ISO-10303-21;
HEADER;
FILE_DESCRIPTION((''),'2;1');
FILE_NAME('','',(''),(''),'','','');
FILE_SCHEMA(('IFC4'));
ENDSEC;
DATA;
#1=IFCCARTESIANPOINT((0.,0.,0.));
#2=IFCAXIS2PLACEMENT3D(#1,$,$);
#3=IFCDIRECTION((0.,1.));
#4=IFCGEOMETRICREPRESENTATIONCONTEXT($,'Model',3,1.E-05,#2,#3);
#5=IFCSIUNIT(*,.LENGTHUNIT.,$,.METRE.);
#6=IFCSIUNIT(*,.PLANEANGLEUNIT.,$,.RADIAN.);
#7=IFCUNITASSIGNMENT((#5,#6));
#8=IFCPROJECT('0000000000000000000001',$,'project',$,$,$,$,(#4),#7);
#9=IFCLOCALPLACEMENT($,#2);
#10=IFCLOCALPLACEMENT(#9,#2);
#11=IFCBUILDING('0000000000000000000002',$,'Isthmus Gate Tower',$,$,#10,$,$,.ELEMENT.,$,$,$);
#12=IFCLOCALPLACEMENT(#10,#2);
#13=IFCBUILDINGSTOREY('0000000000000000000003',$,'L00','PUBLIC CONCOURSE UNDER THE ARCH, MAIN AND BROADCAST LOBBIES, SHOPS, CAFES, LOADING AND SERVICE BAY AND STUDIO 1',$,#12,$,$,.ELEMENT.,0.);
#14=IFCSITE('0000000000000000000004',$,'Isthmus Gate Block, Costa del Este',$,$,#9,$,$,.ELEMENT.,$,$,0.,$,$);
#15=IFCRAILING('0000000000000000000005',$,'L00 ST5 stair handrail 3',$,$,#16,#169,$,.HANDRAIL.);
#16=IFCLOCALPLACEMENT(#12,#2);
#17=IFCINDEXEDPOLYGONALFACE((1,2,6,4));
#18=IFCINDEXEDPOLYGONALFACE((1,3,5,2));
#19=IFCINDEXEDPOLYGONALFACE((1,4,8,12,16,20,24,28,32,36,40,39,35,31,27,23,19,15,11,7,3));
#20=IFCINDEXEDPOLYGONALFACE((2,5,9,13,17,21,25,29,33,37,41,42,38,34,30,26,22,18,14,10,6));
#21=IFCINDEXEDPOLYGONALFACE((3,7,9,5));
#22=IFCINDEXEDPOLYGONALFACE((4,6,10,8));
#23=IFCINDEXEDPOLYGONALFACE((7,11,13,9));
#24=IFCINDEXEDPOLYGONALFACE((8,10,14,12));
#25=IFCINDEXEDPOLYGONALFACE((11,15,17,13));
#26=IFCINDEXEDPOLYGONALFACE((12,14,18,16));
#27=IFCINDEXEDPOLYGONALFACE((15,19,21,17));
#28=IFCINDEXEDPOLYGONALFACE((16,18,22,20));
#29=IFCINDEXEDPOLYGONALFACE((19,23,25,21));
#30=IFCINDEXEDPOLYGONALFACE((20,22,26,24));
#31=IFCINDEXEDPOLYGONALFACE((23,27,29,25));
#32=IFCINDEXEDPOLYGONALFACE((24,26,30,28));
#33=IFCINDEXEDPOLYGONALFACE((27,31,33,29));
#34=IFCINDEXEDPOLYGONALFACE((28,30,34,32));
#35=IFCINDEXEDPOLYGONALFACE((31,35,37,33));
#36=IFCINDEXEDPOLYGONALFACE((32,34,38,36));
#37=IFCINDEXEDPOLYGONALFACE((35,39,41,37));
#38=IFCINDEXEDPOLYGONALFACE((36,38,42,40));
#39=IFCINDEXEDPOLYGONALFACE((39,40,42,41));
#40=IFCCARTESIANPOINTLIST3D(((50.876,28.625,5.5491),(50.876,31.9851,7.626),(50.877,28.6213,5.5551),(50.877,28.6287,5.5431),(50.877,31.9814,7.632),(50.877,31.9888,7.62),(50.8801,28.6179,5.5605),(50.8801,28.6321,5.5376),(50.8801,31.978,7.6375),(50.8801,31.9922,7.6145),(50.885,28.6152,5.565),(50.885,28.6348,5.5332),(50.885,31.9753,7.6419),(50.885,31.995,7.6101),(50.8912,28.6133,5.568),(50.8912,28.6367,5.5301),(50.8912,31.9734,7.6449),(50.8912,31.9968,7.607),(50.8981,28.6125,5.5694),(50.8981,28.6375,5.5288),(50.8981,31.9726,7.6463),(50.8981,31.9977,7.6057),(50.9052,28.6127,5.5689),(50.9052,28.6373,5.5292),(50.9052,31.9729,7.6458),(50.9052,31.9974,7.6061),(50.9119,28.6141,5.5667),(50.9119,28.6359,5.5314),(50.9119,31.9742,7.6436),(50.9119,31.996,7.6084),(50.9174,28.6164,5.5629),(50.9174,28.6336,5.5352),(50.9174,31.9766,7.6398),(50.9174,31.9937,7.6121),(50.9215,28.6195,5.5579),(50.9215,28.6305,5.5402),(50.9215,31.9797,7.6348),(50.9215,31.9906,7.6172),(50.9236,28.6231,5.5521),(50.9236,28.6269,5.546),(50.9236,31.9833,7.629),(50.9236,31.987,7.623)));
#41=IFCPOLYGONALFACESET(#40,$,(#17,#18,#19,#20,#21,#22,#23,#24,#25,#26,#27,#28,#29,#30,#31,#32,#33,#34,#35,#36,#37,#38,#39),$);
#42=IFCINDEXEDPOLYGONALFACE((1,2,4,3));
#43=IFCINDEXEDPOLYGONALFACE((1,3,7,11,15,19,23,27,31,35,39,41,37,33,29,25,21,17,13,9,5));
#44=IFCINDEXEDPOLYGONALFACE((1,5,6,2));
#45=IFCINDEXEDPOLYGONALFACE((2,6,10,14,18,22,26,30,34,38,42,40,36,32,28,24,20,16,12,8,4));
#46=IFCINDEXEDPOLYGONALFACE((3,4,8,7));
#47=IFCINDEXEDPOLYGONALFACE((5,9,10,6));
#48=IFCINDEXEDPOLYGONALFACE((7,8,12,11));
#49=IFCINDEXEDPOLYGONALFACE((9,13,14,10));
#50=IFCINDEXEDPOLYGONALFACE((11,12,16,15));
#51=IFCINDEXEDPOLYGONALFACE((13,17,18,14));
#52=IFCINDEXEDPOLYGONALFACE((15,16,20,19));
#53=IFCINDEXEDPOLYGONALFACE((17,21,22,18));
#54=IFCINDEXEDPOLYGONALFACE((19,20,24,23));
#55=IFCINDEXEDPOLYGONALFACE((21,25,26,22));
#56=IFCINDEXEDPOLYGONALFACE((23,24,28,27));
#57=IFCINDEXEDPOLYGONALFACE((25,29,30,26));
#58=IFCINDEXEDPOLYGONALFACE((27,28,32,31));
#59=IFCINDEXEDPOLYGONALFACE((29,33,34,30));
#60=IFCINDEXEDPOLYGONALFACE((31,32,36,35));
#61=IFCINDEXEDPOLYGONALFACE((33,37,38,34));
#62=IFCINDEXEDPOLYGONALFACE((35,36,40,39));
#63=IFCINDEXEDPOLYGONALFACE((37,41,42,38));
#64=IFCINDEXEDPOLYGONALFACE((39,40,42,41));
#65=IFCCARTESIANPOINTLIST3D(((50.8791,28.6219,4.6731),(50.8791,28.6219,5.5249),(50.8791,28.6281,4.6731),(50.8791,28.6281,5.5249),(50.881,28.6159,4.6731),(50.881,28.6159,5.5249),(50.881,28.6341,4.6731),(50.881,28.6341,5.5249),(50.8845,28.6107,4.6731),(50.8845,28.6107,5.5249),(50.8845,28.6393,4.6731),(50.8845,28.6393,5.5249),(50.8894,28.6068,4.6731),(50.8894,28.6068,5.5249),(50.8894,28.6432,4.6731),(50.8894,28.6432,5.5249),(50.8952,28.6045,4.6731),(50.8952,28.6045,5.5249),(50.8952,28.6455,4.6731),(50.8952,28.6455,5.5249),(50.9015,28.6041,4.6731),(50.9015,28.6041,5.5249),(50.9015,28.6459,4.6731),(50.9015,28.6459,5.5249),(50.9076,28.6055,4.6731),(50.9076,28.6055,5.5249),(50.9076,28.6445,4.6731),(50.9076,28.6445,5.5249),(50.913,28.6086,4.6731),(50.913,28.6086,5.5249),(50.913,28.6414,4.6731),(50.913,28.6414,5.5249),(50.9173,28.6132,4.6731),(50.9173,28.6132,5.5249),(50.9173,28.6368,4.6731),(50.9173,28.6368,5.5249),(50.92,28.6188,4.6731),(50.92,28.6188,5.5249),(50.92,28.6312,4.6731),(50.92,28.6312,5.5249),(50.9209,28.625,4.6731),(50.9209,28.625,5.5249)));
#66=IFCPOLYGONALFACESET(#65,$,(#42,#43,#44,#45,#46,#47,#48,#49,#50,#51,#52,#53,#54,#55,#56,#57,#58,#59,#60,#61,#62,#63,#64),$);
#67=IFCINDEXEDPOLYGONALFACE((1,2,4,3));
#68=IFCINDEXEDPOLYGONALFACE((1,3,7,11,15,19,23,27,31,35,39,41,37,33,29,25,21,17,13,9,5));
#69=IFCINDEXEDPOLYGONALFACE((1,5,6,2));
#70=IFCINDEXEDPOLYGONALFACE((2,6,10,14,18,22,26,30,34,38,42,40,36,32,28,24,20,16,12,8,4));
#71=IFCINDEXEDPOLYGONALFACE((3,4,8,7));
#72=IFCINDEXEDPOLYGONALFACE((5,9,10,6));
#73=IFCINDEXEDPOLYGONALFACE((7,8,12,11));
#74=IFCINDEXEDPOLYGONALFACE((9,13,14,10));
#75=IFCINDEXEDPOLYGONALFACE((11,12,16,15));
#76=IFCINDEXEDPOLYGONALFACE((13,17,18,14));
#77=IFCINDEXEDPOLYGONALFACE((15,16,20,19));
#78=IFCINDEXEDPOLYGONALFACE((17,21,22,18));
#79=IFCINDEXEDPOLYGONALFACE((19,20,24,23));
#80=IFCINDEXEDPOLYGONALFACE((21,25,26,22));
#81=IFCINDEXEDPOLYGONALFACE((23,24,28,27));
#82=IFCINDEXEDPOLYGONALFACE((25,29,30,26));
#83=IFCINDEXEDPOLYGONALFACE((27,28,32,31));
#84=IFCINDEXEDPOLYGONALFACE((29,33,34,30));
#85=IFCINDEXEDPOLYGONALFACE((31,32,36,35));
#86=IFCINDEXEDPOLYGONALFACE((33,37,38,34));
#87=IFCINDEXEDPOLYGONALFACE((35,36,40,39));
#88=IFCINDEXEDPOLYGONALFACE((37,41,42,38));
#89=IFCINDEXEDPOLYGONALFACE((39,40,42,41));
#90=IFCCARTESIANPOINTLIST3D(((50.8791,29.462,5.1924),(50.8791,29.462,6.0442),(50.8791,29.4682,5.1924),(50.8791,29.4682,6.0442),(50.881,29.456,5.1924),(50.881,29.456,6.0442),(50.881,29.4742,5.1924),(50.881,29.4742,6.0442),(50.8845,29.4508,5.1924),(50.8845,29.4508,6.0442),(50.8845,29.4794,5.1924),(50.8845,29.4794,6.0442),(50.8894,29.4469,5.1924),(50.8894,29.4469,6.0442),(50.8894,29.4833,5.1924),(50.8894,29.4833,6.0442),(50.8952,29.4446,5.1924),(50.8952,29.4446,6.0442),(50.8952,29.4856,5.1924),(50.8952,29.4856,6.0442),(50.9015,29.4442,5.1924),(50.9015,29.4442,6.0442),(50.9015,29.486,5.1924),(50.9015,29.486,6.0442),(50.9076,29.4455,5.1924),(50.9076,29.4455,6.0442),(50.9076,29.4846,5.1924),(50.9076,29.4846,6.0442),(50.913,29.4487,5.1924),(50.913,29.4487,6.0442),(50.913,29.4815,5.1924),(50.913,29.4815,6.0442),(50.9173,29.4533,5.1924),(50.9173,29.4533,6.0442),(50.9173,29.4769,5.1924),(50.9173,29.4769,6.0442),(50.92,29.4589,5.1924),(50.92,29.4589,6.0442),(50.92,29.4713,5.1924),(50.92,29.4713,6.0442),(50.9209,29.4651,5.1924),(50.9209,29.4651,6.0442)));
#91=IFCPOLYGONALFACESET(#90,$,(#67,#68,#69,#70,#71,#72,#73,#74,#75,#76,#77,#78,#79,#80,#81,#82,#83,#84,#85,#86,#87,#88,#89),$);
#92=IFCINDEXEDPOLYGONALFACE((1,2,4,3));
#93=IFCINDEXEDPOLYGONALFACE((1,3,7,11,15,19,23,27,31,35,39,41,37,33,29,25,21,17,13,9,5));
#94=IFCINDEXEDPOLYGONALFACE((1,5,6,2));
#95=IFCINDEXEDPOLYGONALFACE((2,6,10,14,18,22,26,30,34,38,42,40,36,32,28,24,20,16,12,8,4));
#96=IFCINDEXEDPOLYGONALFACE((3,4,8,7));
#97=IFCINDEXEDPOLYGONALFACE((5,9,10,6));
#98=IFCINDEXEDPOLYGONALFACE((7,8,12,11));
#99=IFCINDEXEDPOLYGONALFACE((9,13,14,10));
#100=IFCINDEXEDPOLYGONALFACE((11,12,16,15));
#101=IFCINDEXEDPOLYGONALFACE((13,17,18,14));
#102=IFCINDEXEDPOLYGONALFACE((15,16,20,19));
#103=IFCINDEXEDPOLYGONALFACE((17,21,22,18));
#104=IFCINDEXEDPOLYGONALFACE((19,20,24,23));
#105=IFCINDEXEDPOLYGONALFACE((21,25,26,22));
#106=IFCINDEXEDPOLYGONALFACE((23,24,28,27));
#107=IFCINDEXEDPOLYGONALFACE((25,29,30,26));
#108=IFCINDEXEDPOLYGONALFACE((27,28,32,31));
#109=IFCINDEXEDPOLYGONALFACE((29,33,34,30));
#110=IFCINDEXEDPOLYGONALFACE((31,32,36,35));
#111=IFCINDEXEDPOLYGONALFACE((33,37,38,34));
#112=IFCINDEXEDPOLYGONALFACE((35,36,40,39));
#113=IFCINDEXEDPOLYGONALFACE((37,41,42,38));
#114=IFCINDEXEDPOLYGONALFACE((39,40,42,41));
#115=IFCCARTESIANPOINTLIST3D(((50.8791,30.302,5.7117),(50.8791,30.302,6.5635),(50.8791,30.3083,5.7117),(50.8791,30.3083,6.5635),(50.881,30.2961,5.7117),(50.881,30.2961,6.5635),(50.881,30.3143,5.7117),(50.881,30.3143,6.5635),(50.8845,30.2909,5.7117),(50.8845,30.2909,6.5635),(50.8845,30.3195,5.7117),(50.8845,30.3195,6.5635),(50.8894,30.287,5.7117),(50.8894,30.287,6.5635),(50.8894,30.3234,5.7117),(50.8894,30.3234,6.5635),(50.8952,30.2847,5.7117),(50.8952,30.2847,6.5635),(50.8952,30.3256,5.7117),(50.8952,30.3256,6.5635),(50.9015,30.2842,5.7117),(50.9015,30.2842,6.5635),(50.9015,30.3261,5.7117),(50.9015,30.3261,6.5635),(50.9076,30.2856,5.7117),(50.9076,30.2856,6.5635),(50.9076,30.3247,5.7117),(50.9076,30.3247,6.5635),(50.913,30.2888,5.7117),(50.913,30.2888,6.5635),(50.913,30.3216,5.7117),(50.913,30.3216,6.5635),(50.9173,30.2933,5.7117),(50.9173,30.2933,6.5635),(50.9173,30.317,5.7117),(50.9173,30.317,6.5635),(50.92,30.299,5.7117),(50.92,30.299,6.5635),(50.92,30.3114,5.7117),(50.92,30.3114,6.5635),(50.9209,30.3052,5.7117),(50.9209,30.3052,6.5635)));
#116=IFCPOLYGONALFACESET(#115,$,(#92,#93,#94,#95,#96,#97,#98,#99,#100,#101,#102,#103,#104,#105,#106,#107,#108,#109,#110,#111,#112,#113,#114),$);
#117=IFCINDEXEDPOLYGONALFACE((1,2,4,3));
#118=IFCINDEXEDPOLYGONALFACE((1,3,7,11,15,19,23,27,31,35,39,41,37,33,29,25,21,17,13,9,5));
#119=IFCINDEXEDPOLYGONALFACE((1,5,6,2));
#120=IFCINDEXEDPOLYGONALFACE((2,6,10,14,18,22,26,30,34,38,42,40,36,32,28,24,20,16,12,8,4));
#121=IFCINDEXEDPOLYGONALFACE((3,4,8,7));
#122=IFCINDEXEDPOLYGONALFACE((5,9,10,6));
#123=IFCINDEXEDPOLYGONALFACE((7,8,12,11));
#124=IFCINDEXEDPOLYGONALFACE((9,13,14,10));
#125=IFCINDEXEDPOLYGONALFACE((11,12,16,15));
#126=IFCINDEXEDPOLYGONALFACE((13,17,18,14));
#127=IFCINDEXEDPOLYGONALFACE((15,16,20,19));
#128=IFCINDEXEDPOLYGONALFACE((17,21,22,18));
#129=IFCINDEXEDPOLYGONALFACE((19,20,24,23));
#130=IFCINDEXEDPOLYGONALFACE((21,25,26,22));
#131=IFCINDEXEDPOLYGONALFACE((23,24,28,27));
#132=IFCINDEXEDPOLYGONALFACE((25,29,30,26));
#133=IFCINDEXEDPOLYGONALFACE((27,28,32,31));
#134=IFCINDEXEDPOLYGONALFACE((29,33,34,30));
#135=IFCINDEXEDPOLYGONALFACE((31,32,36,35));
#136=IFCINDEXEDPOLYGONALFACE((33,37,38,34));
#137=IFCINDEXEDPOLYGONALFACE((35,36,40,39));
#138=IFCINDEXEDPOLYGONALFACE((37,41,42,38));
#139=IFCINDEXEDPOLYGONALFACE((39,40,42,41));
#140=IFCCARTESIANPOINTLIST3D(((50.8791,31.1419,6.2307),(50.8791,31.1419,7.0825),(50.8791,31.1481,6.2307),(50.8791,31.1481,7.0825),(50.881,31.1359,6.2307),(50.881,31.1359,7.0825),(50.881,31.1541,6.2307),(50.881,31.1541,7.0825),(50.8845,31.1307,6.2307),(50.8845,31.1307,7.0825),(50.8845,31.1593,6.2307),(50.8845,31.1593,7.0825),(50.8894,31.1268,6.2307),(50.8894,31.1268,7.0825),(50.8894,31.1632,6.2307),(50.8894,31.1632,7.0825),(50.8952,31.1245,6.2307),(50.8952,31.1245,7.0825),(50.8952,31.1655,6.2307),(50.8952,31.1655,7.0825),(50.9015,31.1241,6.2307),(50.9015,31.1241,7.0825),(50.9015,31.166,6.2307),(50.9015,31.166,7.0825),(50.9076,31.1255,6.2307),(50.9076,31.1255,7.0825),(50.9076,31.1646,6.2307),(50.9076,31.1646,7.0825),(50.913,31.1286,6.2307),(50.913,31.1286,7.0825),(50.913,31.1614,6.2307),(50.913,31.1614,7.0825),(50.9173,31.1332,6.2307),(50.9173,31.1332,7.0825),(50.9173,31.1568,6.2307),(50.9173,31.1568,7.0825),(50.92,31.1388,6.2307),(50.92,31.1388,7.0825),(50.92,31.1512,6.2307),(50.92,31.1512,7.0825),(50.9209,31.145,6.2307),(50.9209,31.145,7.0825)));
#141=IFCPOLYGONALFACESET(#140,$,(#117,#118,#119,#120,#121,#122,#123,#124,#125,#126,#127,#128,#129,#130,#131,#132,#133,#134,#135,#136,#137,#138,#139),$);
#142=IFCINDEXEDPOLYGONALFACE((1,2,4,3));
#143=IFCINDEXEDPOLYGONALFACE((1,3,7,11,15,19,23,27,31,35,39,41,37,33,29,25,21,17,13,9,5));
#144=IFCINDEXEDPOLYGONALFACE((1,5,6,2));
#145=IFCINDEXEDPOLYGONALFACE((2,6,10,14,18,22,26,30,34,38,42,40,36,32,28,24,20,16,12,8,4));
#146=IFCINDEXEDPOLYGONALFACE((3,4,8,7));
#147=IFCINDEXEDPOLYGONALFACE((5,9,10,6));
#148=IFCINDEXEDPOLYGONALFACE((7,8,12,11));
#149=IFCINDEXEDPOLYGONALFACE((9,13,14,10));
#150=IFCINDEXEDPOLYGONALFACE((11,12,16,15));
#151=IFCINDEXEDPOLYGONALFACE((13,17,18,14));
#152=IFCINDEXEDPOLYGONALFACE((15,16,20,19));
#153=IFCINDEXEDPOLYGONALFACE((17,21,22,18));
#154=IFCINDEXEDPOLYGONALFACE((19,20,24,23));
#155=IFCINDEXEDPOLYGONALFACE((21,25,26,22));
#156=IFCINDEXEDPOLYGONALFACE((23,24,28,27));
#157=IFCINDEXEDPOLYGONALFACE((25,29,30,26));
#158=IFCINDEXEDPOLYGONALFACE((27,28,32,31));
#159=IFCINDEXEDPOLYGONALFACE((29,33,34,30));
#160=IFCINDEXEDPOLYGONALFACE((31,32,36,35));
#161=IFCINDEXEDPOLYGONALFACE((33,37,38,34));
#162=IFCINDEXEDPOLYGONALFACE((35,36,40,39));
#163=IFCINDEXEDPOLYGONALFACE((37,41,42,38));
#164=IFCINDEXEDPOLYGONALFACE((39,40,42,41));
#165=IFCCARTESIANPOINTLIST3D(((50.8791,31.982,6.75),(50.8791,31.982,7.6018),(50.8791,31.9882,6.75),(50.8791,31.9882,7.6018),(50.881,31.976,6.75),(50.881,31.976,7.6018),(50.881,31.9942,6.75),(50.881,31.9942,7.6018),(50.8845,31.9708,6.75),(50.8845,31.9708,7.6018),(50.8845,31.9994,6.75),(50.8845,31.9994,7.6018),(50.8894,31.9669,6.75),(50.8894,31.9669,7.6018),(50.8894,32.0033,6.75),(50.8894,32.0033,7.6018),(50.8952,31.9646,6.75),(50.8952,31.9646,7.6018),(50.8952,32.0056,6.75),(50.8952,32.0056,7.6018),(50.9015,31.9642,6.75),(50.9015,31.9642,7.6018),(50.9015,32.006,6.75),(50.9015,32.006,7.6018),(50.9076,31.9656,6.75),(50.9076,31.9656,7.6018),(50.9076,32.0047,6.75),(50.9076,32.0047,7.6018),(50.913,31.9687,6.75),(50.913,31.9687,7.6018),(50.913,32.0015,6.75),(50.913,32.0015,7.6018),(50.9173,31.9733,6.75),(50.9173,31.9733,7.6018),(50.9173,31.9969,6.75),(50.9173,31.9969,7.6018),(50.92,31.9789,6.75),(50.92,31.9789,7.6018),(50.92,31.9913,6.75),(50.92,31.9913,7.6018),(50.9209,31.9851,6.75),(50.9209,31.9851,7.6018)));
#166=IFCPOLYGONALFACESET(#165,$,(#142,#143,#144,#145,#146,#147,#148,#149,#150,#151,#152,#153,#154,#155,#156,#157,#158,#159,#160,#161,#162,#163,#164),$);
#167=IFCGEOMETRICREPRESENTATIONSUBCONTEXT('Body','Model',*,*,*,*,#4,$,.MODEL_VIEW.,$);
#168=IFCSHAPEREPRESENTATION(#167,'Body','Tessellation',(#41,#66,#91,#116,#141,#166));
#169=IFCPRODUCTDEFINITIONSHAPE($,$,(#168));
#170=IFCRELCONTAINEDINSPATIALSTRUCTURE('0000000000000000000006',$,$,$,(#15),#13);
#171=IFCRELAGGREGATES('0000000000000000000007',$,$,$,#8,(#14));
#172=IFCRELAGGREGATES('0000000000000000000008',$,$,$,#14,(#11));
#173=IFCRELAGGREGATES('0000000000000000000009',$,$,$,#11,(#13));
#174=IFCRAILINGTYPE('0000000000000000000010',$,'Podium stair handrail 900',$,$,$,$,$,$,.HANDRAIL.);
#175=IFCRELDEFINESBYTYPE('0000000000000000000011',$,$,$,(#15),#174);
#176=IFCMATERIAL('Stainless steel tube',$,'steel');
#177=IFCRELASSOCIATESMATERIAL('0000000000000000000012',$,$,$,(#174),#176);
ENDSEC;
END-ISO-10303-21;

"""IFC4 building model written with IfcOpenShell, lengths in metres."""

from ifc_helpers import new_model, si_unit, direction, frame, origin, origin_2d, place, context, subcontext, project, spatial, circle, extrude, material, type_object, element, save


model = new_model("IFC4")

# Units and contexts
model_context = context("Model", 3, precision=1e-05, world=origin(), true_north=direction((0.0, 1.0)))
body_context = subcontext(model_context, "Body", "Model", "MODEL_VIEW")
ifc_project = project(units=[si_unit("LENGTHUNIT", "METRE"), si_unit("PLANEANGLEUNIT", "RADIAN")], contexts=[model_context])

# Site, building, storey
site_placement = place(None, origin())
site = spatial("IfcSite", under=ifc_project, at=site_placement, Name="Isthmus Gate Block, Costa del Este", CompositionType="ELEMENT", RefElevation=0.0)
building_placement = place(site_placement, origin())
building = spatial("IfcBuilding", under=site, at=building_placement, Name="Isthmus Gate Tower", CompositionType="ELEMENT")
storey_placement = place(building_placement, origin())
storey = spatial("IfcBuildingStorey", under=building, at=storey_placement, Name="L00", Description="PUBLIC CONCOURSE UNDER THE ARCH, MAIN AND BROADCAST LOBBIES, SHOPS, CAFES, LOADING AND SERVICE BAY AND STUDIO 1", CompositionType="ELEMENT", Elevation=0.0)

# Railing
ifc_material_1 = material(Name="Stainless steel tube", Category="steel")
railing_type_1 = type_object("IfcRailingType", Name="Podium stair handrail 900", PredefinedType="HANDRAIL", material=ifc_material_1)
railing_1_placement = place(storey_placement, frame((50.8999, 28.625, 4.6731)))
element("IfcRailing", 1, at=railing_1_placement, inside=storey, type_object=railing_type_1, Name="L00 ST5 stair handrail 3", PredefinedType="HANDRAIL", context=body_context, shape_type="SweptSolid", body=[
    extrude(circle(Radius=0.0239, at=origin_2d()), frame((0.0, 0.0, 0.876), z_axis=(0.0, 0.850623, 0.525776), x_axis=(-1.0, 0.0, 0.0)), (0.0, 0.0, 1.0), 3.9502),
    extrude(circle(Radius=0.021, at=origin_2d()), origin(), (0.0, 0.0, 1.0), 0.8518),
    extrude(circle(Radius=0.021, at=origin_2d()), frame((0.0, 0.8401, 0.5193)), (0.0, 0.0, 1.0), 0.8518),
    extrude(circle(Radius=0.021, at=origin_2d()), frame((0.0, 1.6802, 1.0386)), (0.0, 0.0, 1.0), 0.8518),
    extrude(circle(Radius=0.021, at=origin_2d()), frame((0.0, 2.52, 1.5576)), (0.0, 0.0, 1.0), 0.8518),
    extrude(circle(Radius=0.021, at=origin_2d()), frame((0.0, 3.3601, 2.0769)), (0.0, 0.0, 1.0), 0.8518),
])

save(model, "model.ifc")
